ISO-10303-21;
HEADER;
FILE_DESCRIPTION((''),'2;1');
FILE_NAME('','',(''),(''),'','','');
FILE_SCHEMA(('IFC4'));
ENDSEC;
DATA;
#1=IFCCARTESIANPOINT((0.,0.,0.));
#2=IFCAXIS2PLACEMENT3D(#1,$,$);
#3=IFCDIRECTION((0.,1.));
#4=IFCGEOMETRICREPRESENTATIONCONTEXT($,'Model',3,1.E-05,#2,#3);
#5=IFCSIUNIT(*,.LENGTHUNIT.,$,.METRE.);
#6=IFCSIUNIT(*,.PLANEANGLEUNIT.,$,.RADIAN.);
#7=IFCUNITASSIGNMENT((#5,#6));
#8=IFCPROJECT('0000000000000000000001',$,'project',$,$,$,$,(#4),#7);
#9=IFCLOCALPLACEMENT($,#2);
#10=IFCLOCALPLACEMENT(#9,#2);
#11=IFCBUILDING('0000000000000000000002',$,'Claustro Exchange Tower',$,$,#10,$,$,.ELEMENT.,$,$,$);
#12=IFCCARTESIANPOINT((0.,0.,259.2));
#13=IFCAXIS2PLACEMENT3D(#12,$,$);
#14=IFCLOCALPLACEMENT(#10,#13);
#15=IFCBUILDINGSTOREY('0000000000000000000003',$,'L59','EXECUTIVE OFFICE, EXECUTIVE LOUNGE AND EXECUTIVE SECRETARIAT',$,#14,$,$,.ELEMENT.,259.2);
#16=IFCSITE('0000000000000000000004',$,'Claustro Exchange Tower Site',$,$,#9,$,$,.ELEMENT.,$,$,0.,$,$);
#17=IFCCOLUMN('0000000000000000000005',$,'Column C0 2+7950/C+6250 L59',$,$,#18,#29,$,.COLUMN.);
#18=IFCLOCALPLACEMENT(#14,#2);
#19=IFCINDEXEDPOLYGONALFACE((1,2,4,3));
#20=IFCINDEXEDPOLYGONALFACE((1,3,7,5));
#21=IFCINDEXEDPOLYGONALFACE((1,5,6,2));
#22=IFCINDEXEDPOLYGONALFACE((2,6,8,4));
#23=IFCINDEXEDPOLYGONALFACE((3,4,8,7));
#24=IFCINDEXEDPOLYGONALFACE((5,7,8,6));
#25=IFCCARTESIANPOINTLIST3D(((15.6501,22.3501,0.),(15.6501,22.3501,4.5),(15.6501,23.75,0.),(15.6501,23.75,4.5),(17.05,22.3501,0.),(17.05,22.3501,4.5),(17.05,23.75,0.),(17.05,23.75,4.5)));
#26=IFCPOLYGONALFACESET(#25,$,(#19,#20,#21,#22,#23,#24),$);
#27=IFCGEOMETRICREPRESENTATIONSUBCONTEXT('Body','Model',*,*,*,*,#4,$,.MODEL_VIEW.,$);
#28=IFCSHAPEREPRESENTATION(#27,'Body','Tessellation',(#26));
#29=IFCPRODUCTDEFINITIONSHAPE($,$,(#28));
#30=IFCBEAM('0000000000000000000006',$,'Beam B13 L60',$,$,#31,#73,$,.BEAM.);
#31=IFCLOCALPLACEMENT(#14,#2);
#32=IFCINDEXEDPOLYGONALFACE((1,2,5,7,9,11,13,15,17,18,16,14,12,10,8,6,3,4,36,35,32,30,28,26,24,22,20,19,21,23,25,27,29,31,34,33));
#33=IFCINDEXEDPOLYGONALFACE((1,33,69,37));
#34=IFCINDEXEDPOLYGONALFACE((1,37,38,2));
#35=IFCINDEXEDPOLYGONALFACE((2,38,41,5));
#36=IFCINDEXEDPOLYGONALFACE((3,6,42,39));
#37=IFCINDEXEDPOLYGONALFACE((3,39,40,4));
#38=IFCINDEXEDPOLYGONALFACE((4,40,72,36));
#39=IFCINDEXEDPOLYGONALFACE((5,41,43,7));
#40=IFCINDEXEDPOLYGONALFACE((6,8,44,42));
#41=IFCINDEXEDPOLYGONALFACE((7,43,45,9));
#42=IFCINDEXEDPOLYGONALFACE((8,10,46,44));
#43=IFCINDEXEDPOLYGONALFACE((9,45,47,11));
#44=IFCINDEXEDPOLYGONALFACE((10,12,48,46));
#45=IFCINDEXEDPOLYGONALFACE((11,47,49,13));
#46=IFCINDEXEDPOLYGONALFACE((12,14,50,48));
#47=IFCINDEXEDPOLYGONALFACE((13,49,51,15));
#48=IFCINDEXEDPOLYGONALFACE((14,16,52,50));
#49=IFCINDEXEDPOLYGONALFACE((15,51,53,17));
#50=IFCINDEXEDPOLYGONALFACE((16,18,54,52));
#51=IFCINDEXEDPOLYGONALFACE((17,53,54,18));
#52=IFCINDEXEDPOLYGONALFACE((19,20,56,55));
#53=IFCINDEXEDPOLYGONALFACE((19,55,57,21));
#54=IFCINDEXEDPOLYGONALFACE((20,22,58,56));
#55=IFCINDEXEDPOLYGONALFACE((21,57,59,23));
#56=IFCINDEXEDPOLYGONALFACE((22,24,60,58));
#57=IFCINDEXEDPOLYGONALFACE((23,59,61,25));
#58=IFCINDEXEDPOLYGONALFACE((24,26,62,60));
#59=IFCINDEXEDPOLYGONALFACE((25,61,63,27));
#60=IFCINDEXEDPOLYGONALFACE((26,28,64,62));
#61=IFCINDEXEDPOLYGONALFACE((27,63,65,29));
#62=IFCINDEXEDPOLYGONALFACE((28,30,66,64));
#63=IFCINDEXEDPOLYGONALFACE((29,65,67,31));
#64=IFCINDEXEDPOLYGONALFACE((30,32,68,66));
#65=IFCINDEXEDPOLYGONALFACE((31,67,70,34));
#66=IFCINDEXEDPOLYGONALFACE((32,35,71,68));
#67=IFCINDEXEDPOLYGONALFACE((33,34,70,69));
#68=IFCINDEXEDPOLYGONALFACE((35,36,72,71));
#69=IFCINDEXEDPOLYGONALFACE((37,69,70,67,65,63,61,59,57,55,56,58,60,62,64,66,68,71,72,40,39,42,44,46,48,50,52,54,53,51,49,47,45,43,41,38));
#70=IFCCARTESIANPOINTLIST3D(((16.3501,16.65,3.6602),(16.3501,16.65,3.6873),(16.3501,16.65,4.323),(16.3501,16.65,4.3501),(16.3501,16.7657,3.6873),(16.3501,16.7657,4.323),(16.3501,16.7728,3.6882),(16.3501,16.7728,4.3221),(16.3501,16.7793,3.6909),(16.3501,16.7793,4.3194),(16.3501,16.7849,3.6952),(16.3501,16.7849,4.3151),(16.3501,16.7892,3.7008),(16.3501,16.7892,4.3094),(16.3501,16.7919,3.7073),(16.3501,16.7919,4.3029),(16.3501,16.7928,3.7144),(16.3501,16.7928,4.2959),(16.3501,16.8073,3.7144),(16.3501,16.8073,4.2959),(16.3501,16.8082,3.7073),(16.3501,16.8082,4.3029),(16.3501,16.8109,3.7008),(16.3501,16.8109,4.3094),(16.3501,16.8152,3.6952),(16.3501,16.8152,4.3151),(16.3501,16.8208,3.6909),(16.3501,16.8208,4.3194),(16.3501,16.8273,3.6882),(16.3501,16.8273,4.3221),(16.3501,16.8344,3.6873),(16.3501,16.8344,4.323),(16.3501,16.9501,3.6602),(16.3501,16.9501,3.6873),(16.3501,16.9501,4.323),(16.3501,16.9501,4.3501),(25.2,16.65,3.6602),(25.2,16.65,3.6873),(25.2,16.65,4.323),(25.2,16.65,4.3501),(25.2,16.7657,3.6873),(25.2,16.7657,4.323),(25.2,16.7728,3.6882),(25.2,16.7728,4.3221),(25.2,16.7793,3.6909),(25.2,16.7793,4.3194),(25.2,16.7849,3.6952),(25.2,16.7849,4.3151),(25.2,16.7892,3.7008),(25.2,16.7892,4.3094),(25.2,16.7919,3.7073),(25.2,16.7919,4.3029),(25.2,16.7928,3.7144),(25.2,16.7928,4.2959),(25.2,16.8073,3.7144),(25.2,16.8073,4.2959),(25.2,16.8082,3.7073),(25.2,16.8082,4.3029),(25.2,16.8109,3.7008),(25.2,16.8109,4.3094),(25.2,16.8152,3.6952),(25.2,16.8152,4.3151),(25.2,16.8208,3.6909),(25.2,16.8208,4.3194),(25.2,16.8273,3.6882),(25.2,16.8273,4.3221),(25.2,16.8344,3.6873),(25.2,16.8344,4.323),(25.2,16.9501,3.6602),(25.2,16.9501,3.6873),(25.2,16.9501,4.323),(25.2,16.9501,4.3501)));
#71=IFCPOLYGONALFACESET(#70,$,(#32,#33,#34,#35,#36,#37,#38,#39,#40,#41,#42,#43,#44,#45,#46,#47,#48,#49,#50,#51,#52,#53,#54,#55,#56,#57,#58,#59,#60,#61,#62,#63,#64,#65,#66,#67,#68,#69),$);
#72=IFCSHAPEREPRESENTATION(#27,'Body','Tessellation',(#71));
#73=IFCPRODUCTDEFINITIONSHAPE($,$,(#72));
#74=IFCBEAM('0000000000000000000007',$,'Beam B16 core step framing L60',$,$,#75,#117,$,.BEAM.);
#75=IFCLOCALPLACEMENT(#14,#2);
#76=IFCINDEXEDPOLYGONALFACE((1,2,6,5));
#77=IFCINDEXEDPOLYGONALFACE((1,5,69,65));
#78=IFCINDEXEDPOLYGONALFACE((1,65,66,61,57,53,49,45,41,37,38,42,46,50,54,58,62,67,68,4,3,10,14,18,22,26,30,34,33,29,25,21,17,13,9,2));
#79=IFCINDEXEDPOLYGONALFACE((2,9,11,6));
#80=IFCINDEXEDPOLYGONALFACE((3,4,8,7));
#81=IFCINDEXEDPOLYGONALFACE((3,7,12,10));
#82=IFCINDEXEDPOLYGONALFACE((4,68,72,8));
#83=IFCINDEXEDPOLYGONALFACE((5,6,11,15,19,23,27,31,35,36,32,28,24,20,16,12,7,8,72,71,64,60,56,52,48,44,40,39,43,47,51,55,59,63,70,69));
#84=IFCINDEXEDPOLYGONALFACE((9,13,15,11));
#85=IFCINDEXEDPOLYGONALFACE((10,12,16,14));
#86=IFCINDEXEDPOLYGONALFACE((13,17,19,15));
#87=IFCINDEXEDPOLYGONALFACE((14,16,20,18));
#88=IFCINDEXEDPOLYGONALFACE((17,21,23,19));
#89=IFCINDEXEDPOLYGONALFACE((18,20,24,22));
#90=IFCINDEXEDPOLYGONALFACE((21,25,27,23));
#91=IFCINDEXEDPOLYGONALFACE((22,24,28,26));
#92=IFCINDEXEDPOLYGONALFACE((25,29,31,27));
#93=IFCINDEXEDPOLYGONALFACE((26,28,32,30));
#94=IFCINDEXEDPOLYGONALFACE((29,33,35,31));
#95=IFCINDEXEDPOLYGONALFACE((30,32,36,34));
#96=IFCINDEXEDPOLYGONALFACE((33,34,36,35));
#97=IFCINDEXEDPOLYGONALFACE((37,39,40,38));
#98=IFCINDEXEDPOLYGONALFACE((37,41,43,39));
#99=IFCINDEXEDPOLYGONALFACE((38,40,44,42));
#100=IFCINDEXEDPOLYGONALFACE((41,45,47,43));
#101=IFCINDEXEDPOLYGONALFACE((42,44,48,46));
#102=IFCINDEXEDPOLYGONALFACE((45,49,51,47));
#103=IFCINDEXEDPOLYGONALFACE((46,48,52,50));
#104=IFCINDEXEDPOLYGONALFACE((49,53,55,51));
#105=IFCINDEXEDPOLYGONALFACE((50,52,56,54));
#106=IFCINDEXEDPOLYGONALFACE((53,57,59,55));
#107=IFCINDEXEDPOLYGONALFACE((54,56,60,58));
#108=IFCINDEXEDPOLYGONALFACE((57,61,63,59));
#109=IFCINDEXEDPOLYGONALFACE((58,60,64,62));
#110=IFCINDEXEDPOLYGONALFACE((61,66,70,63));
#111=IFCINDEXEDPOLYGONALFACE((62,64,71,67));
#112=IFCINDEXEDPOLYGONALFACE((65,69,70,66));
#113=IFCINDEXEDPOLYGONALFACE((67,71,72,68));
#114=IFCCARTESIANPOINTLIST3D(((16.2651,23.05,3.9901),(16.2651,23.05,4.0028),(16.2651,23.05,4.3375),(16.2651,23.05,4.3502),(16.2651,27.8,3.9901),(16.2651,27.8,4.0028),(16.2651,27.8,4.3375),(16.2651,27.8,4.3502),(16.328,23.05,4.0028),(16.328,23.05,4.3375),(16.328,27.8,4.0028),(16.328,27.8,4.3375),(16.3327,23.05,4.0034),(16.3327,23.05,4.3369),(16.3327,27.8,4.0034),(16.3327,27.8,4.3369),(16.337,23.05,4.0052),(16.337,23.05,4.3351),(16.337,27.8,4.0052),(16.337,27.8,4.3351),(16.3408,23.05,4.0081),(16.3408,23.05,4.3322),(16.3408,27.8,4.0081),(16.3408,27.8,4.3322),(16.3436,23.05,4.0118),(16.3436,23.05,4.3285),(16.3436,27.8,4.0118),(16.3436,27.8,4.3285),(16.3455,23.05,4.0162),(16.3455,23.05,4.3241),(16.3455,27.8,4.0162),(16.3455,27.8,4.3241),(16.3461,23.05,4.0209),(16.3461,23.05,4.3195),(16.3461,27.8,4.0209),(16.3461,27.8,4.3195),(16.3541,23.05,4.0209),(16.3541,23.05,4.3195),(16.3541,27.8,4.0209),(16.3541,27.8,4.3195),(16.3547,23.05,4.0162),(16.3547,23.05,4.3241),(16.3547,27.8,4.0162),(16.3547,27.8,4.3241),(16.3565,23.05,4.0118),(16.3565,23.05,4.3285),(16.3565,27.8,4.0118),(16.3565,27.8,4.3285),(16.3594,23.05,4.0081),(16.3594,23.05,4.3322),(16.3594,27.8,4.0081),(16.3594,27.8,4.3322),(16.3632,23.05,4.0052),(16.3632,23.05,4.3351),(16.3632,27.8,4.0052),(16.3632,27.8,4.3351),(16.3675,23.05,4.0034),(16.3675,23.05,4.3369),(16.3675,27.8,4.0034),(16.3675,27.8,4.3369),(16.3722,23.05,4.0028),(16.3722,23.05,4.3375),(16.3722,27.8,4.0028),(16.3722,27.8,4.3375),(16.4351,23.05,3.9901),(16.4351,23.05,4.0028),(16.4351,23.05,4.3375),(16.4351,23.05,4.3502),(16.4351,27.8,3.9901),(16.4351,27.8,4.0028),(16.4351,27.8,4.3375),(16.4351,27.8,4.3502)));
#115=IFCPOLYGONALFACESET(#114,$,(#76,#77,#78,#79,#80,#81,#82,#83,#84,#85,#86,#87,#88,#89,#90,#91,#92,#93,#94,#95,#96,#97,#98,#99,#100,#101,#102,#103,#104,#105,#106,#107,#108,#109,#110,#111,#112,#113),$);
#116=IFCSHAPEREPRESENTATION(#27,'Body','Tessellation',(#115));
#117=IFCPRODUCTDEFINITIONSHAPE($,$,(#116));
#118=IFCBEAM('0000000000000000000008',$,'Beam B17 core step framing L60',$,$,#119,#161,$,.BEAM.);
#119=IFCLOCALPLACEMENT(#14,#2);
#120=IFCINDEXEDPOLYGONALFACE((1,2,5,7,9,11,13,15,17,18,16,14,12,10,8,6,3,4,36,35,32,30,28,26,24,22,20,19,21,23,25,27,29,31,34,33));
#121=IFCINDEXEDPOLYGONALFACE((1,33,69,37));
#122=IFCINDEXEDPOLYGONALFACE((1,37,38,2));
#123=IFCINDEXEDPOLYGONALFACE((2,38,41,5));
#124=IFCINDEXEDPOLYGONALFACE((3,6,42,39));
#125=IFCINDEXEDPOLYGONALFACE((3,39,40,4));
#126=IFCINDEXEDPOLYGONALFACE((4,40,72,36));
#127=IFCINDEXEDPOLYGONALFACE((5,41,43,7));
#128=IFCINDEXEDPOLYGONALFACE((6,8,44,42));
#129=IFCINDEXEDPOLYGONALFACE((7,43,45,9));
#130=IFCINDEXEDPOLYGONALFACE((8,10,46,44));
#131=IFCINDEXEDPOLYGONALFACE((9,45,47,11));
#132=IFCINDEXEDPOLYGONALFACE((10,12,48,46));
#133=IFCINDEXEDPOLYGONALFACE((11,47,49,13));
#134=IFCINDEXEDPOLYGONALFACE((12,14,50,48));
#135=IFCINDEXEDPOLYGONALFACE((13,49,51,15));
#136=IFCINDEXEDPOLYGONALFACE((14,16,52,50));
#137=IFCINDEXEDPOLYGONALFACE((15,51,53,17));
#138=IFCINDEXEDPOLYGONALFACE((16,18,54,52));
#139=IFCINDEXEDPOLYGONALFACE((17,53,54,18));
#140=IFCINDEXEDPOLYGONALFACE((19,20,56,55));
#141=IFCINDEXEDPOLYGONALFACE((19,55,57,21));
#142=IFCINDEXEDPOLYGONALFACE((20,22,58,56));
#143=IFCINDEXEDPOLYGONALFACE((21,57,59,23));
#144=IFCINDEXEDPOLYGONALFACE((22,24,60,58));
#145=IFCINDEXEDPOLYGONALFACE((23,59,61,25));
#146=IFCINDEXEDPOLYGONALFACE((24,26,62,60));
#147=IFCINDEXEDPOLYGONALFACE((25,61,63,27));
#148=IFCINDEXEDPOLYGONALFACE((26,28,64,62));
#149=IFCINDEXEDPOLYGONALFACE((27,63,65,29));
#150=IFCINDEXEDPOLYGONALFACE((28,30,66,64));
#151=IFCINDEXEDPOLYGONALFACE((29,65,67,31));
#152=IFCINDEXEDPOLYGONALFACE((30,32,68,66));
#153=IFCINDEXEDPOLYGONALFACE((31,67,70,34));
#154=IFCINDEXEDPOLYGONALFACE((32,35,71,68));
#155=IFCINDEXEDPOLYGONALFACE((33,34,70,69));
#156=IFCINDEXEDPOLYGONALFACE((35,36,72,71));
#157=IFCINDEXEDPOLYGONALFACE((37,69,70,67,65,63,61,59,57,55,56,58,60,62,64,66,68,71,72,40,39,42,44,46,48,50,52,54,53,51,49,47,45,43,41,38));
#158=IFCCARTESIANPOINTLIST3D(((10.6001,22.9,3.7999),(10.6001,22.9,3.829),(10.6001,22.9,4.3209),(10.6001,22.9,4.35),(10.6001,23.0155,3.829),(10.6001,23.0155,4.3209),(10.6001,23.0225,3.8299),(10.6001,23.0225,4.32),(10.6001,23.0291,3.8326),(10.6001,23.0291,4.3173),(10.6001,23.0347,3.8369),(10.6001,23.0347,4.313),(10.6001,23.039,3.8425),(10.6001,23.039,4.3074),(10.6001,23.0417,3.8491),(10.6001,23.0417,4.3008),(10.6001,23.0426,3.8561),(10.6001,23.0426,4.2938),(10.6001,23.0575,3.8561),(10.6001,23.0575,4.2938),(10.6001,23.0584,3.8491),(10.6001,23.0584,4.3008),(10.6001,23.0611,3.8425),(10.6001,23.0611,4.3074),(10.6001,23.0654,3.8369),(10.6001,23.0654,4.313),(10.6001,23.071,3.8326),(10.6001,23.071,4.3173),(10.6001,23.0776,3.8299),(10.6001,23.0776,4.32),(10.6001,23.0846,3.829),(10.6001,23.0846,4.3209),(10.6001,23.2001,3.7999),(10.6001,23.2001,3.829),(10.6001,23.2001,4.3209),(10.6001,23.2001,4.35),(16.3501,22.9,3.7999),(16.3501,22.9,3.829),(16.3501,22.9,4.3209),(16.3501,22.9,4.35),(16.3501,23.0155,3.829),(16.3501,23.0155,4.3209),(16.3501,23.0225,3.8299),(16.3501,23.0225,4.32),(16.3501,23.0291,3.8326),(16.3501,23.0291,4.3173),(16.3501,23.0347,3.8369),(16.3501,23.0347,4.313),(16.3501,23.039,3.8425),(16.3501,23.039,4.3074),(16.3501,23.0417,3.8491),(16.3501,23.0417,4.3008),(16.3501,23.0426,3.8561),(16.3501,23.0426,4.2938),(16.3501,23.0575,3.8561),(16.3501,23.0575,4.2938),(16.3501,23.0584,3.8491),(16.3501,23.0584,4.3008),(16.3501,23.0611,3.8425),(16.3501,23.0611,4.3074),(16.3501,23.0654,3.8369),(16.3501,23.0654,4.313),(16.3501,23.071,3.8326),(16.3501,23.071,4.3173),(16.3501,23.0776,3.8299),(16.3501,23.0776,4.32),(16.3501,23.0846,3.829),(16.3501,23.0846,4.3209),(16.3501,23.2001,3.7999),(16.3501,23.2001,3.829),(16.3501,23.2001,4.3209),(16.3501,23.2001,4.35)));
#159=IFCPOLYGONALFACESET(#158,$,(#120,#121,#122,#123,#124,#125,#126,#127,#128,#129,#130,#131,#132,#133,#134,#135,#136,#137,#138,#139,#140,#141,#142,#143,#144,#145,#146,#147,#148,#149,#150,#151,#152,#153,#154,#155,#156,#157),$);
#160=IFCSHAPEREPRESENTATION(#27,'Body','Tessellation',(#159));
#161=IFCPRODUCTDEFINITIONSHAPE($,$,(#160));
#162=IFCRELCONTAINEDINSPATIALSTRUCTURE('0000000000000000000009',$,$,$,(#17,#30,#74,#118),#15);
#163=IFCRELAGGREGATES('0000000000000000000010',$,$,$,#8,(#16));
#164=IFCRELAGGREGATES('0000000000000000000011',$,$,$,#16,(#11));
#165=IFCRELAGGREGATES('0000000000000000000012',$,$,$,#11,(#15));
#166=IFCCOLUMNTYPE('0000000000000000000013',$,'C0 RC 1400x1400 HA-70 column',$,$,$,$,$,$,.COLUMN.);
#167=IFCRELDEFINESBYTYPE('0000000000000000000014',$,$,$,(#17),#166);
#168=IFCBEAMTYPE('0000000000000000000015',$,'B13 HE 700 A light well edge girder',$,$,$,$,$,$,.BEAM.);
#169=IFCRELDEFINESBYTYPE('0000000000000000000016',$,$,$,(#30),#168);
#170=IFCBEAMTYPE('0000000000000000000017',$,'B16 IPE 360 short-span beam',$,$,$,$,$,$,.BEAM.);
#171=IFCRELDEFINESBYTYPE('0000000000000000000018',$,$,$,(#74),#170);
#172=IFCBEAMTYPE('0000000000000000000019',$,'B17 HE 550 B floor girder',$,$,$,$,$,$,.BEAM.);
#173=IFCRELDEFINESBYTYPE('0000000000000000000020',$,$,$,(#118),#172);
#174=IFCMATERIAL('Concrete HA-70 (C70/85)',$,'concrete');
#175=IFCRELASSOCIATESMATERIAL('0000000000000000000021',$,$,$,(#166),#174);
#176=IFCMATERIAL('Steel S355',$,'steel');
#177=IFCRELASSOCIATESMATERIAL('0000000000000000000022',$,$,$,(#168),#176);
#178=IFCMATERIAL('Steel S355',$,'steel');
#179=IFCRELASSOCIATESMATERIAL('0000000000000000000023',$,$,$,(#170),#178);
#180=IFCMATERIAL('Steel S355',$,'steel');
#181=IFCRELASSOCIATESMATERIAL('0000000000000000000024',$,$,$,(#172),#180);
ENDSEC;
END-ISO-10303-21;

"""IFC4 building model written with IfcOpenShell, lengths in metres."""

from ifc_helpers import new_model, si_unit, direction, frame, origin, origin_2d, place, context, subcontext, project, spatial, rectangle, i_section, extrude, material, material_profile, profile_set, type_object, element, save


model = new_model("IFC4")

# Units and contexts
model_context = context("Model", 3, precision=1e-05, world=origin(), true_north=direction((0.0, 1.0)))
body_context = subcontext(model_context, "Body", "Model", "MODEL_VIEW")
ifc_project = project(units=[si_unit("LENGTHUNIT", "METRE"), si_unit("PLANEANGLEUNIT", "RADIAN")], contexts=[model_context])

# Site, building, storey
site_placement = place(None, origin())
site = spatial("IfcSite", under=ifc_project, at=site_placement, Name="Claustro Exchange Tower Site", CompositionType="ELEMENT", RefElevation=0.0)
building_placement = place(site_placement, origin())
building = spatial("IfcBuilding", under=site, at=building_placement, Name="Claustro Exchange Tower", CompositionType="ELEMENT")
storey_placement = place(building_placement, frame((0.0, 0.0, 259.2)))
storey = spatial("IfcBuildingStorey", under=building, at=storey_placement, Name="L59", Description="EXECUTIVE OFFICE, EXECUTIVE LOUNGE AND EXECUTIVE SECRETARIAT", CompositionType="ELEMENT", Elevation=259.2)

# Column
ifc_material_1 = material(Name="Concrete HA-70 (C70/85)", Category="concrete")
ifc_material_profile_1 = material_profile(ifc_material_1, rectangle(XDim=1.3999, YDim=1.3999, at=origin_2d()), Name="RC 1400x1400")
ifc_profile_set_1 = profile_set([ifc_material_profile_1], Name="Concrete HA-70 (C70/85)")
column_type = type_object("IfcColumnType", Name="C0 RC 1400x1400 HA-70 column", PredefinedType="COLUMN", material=ifc_profile_set_1)
column_placement = place(storey_placement, frame((16.3501, 23.05, 0.0), z_axis=(0.0, 0.0, 1.0), x_axis=(1.0, 0.0, 0.0)))
element("IfcColumn", 1, at=column_placement, inside=storey, type_object=column_type, Name="Column C0 2+7950/C+6250 L59", PredefinedType="COLUMN", context=body_context, shape_type="SweptSolid", body=[
    extrude(rectangle(XDim=1.3999, YDim=1.3999, at=origin_2d()), origin(), (0.0, 0.0, 1.0), 4.5),
])

# Beams
ifc_material_2 = material(Name="Steel S355", Category="steel")
ifc_material_profile_2 = material_profile(ifc_material_2, i_section(OverallWidth=0.3, OverallDepth=0.6899, WebThickness=0.0144, FlangeThickness=0.0271, FilletRadius=0.0271, at=origin_2d()), Name="HE 700 A")
ifc_profile_set_2 = profile_set([ifc_material_profile_2], Name="Steel S355")
beam_type_1 = type_object("IfcBeamType", Name="B13 HE 700 A light well edge girder", PredefinedType="BEAM", material=ifc_profile_set_2)
beam_1_placement = place(storey_placement, frame((16.3501, 16.8, 4.0051), z_axis=(1.0, 0.0, 0.0), x_axis=(0.0, 1.0, 0.0)))
element("IfcBeam", 2, at=beam_1_placement, inside=storey, type_object=beam_type_1, Name="Beam B13 L60", PredefinedType="BEAM", context=body_context, shape_type="SweptSolid", body=[
    extrude(i_section(OverallWidth=0.3, OverallDepth=0.6899, WebThickness=0.0144, FlangeThickness=0.0271, FilletRadius=0.0271, at=origin_2d()), origin(), (0.0, 0.0, 1.0), 8.8499),
])
ifc_material_3 = material(Name="Steel S355", Category="steel")
ifc_material_profile_3 = material_profile(ifc_material_3, i_section(OverallWidth=0.1699, OverallDepth=0.3601, WebThickness=0.0081, FlangeThickness=0.0127, FilletRadius=0.0181, at=origin_2d()), Name="IPE 360")
ifc_profile_set_3 = profile_set([ifc_material_profile_3], Name="Steel S355")
beam_type_2 = type_object("IfcBeamType", Name="B16 IPE 360 short-span beam", PredefinedType="BEAM", material=ifc_profile_set_3)
beam_2_placement = place(storey_placement, frame((16.3501, 23.05, 4.1702), z_axis=(0.0, 1.0, 0.0), x_axis=(-1.0, 0.0, 0.0)))
element("IfcBeam", 3, at=beam_2_placement, inside=storey, type_object=beam_type_2, Name="Beam B16 core step framing L60", PredefinedType="BEAM", context=body_context, shape_type="SweptSolid", body=[
    extrude(i_section(OverallWidth=0.1699, OverallDepth=0.3601, WebThickness=0.0081, FlangeThickness=0.0127, FilletRadius=0.0181, at=origin_2d()), origin(), (0.0, 0.0, 1.0), 4.75),
])
ifc_material_4 = material(Name="Steel S355", Category="steel")
ifc_material_profile_4 = material_profile(ifc_material_4, i_section(OverallWidth=0.3, OverallDepth=0.55, WebThickness=0.0149, FlangeThickness=0.0291, FilletRadius=0.0271, at=origin_2d()), Name="HE 550 B")
ifc_profile_set_4 = profile_set([ifc_material_profile_4], Name="Steel S355")
beam_type_3 = type_object("IfcBeamType", Name="B17 HE 550 B floor girder", PredefinedType="BEAM", material=ifc_profile_set_4)
beam_3_placement = place(storey_placement, frame((10.6001, 23.05, 4.075), z_axis=(1.0, 0.0, 0.0), x_axis=(0.0, 1.0, 0.0)))
element("IfcBeam", 4, at=beam_3_placement, inside=storey, type_object=beam_type_3, Name="Beam B17 core step framing L60", PredefinedType="BEAM", context=body_context, shape_type="SweptSolid", body=[
    extrude(i_section(OverallWidth=0.3, OverallDepth=0.55, WebThickness=0.0149, FlangeThickness=0.0291, FilletRadius=0.0271, at=origin_2d()), origin(), (0.0, 0.0, 1.0), 5.75),
])

save(model, "model.ifc")
